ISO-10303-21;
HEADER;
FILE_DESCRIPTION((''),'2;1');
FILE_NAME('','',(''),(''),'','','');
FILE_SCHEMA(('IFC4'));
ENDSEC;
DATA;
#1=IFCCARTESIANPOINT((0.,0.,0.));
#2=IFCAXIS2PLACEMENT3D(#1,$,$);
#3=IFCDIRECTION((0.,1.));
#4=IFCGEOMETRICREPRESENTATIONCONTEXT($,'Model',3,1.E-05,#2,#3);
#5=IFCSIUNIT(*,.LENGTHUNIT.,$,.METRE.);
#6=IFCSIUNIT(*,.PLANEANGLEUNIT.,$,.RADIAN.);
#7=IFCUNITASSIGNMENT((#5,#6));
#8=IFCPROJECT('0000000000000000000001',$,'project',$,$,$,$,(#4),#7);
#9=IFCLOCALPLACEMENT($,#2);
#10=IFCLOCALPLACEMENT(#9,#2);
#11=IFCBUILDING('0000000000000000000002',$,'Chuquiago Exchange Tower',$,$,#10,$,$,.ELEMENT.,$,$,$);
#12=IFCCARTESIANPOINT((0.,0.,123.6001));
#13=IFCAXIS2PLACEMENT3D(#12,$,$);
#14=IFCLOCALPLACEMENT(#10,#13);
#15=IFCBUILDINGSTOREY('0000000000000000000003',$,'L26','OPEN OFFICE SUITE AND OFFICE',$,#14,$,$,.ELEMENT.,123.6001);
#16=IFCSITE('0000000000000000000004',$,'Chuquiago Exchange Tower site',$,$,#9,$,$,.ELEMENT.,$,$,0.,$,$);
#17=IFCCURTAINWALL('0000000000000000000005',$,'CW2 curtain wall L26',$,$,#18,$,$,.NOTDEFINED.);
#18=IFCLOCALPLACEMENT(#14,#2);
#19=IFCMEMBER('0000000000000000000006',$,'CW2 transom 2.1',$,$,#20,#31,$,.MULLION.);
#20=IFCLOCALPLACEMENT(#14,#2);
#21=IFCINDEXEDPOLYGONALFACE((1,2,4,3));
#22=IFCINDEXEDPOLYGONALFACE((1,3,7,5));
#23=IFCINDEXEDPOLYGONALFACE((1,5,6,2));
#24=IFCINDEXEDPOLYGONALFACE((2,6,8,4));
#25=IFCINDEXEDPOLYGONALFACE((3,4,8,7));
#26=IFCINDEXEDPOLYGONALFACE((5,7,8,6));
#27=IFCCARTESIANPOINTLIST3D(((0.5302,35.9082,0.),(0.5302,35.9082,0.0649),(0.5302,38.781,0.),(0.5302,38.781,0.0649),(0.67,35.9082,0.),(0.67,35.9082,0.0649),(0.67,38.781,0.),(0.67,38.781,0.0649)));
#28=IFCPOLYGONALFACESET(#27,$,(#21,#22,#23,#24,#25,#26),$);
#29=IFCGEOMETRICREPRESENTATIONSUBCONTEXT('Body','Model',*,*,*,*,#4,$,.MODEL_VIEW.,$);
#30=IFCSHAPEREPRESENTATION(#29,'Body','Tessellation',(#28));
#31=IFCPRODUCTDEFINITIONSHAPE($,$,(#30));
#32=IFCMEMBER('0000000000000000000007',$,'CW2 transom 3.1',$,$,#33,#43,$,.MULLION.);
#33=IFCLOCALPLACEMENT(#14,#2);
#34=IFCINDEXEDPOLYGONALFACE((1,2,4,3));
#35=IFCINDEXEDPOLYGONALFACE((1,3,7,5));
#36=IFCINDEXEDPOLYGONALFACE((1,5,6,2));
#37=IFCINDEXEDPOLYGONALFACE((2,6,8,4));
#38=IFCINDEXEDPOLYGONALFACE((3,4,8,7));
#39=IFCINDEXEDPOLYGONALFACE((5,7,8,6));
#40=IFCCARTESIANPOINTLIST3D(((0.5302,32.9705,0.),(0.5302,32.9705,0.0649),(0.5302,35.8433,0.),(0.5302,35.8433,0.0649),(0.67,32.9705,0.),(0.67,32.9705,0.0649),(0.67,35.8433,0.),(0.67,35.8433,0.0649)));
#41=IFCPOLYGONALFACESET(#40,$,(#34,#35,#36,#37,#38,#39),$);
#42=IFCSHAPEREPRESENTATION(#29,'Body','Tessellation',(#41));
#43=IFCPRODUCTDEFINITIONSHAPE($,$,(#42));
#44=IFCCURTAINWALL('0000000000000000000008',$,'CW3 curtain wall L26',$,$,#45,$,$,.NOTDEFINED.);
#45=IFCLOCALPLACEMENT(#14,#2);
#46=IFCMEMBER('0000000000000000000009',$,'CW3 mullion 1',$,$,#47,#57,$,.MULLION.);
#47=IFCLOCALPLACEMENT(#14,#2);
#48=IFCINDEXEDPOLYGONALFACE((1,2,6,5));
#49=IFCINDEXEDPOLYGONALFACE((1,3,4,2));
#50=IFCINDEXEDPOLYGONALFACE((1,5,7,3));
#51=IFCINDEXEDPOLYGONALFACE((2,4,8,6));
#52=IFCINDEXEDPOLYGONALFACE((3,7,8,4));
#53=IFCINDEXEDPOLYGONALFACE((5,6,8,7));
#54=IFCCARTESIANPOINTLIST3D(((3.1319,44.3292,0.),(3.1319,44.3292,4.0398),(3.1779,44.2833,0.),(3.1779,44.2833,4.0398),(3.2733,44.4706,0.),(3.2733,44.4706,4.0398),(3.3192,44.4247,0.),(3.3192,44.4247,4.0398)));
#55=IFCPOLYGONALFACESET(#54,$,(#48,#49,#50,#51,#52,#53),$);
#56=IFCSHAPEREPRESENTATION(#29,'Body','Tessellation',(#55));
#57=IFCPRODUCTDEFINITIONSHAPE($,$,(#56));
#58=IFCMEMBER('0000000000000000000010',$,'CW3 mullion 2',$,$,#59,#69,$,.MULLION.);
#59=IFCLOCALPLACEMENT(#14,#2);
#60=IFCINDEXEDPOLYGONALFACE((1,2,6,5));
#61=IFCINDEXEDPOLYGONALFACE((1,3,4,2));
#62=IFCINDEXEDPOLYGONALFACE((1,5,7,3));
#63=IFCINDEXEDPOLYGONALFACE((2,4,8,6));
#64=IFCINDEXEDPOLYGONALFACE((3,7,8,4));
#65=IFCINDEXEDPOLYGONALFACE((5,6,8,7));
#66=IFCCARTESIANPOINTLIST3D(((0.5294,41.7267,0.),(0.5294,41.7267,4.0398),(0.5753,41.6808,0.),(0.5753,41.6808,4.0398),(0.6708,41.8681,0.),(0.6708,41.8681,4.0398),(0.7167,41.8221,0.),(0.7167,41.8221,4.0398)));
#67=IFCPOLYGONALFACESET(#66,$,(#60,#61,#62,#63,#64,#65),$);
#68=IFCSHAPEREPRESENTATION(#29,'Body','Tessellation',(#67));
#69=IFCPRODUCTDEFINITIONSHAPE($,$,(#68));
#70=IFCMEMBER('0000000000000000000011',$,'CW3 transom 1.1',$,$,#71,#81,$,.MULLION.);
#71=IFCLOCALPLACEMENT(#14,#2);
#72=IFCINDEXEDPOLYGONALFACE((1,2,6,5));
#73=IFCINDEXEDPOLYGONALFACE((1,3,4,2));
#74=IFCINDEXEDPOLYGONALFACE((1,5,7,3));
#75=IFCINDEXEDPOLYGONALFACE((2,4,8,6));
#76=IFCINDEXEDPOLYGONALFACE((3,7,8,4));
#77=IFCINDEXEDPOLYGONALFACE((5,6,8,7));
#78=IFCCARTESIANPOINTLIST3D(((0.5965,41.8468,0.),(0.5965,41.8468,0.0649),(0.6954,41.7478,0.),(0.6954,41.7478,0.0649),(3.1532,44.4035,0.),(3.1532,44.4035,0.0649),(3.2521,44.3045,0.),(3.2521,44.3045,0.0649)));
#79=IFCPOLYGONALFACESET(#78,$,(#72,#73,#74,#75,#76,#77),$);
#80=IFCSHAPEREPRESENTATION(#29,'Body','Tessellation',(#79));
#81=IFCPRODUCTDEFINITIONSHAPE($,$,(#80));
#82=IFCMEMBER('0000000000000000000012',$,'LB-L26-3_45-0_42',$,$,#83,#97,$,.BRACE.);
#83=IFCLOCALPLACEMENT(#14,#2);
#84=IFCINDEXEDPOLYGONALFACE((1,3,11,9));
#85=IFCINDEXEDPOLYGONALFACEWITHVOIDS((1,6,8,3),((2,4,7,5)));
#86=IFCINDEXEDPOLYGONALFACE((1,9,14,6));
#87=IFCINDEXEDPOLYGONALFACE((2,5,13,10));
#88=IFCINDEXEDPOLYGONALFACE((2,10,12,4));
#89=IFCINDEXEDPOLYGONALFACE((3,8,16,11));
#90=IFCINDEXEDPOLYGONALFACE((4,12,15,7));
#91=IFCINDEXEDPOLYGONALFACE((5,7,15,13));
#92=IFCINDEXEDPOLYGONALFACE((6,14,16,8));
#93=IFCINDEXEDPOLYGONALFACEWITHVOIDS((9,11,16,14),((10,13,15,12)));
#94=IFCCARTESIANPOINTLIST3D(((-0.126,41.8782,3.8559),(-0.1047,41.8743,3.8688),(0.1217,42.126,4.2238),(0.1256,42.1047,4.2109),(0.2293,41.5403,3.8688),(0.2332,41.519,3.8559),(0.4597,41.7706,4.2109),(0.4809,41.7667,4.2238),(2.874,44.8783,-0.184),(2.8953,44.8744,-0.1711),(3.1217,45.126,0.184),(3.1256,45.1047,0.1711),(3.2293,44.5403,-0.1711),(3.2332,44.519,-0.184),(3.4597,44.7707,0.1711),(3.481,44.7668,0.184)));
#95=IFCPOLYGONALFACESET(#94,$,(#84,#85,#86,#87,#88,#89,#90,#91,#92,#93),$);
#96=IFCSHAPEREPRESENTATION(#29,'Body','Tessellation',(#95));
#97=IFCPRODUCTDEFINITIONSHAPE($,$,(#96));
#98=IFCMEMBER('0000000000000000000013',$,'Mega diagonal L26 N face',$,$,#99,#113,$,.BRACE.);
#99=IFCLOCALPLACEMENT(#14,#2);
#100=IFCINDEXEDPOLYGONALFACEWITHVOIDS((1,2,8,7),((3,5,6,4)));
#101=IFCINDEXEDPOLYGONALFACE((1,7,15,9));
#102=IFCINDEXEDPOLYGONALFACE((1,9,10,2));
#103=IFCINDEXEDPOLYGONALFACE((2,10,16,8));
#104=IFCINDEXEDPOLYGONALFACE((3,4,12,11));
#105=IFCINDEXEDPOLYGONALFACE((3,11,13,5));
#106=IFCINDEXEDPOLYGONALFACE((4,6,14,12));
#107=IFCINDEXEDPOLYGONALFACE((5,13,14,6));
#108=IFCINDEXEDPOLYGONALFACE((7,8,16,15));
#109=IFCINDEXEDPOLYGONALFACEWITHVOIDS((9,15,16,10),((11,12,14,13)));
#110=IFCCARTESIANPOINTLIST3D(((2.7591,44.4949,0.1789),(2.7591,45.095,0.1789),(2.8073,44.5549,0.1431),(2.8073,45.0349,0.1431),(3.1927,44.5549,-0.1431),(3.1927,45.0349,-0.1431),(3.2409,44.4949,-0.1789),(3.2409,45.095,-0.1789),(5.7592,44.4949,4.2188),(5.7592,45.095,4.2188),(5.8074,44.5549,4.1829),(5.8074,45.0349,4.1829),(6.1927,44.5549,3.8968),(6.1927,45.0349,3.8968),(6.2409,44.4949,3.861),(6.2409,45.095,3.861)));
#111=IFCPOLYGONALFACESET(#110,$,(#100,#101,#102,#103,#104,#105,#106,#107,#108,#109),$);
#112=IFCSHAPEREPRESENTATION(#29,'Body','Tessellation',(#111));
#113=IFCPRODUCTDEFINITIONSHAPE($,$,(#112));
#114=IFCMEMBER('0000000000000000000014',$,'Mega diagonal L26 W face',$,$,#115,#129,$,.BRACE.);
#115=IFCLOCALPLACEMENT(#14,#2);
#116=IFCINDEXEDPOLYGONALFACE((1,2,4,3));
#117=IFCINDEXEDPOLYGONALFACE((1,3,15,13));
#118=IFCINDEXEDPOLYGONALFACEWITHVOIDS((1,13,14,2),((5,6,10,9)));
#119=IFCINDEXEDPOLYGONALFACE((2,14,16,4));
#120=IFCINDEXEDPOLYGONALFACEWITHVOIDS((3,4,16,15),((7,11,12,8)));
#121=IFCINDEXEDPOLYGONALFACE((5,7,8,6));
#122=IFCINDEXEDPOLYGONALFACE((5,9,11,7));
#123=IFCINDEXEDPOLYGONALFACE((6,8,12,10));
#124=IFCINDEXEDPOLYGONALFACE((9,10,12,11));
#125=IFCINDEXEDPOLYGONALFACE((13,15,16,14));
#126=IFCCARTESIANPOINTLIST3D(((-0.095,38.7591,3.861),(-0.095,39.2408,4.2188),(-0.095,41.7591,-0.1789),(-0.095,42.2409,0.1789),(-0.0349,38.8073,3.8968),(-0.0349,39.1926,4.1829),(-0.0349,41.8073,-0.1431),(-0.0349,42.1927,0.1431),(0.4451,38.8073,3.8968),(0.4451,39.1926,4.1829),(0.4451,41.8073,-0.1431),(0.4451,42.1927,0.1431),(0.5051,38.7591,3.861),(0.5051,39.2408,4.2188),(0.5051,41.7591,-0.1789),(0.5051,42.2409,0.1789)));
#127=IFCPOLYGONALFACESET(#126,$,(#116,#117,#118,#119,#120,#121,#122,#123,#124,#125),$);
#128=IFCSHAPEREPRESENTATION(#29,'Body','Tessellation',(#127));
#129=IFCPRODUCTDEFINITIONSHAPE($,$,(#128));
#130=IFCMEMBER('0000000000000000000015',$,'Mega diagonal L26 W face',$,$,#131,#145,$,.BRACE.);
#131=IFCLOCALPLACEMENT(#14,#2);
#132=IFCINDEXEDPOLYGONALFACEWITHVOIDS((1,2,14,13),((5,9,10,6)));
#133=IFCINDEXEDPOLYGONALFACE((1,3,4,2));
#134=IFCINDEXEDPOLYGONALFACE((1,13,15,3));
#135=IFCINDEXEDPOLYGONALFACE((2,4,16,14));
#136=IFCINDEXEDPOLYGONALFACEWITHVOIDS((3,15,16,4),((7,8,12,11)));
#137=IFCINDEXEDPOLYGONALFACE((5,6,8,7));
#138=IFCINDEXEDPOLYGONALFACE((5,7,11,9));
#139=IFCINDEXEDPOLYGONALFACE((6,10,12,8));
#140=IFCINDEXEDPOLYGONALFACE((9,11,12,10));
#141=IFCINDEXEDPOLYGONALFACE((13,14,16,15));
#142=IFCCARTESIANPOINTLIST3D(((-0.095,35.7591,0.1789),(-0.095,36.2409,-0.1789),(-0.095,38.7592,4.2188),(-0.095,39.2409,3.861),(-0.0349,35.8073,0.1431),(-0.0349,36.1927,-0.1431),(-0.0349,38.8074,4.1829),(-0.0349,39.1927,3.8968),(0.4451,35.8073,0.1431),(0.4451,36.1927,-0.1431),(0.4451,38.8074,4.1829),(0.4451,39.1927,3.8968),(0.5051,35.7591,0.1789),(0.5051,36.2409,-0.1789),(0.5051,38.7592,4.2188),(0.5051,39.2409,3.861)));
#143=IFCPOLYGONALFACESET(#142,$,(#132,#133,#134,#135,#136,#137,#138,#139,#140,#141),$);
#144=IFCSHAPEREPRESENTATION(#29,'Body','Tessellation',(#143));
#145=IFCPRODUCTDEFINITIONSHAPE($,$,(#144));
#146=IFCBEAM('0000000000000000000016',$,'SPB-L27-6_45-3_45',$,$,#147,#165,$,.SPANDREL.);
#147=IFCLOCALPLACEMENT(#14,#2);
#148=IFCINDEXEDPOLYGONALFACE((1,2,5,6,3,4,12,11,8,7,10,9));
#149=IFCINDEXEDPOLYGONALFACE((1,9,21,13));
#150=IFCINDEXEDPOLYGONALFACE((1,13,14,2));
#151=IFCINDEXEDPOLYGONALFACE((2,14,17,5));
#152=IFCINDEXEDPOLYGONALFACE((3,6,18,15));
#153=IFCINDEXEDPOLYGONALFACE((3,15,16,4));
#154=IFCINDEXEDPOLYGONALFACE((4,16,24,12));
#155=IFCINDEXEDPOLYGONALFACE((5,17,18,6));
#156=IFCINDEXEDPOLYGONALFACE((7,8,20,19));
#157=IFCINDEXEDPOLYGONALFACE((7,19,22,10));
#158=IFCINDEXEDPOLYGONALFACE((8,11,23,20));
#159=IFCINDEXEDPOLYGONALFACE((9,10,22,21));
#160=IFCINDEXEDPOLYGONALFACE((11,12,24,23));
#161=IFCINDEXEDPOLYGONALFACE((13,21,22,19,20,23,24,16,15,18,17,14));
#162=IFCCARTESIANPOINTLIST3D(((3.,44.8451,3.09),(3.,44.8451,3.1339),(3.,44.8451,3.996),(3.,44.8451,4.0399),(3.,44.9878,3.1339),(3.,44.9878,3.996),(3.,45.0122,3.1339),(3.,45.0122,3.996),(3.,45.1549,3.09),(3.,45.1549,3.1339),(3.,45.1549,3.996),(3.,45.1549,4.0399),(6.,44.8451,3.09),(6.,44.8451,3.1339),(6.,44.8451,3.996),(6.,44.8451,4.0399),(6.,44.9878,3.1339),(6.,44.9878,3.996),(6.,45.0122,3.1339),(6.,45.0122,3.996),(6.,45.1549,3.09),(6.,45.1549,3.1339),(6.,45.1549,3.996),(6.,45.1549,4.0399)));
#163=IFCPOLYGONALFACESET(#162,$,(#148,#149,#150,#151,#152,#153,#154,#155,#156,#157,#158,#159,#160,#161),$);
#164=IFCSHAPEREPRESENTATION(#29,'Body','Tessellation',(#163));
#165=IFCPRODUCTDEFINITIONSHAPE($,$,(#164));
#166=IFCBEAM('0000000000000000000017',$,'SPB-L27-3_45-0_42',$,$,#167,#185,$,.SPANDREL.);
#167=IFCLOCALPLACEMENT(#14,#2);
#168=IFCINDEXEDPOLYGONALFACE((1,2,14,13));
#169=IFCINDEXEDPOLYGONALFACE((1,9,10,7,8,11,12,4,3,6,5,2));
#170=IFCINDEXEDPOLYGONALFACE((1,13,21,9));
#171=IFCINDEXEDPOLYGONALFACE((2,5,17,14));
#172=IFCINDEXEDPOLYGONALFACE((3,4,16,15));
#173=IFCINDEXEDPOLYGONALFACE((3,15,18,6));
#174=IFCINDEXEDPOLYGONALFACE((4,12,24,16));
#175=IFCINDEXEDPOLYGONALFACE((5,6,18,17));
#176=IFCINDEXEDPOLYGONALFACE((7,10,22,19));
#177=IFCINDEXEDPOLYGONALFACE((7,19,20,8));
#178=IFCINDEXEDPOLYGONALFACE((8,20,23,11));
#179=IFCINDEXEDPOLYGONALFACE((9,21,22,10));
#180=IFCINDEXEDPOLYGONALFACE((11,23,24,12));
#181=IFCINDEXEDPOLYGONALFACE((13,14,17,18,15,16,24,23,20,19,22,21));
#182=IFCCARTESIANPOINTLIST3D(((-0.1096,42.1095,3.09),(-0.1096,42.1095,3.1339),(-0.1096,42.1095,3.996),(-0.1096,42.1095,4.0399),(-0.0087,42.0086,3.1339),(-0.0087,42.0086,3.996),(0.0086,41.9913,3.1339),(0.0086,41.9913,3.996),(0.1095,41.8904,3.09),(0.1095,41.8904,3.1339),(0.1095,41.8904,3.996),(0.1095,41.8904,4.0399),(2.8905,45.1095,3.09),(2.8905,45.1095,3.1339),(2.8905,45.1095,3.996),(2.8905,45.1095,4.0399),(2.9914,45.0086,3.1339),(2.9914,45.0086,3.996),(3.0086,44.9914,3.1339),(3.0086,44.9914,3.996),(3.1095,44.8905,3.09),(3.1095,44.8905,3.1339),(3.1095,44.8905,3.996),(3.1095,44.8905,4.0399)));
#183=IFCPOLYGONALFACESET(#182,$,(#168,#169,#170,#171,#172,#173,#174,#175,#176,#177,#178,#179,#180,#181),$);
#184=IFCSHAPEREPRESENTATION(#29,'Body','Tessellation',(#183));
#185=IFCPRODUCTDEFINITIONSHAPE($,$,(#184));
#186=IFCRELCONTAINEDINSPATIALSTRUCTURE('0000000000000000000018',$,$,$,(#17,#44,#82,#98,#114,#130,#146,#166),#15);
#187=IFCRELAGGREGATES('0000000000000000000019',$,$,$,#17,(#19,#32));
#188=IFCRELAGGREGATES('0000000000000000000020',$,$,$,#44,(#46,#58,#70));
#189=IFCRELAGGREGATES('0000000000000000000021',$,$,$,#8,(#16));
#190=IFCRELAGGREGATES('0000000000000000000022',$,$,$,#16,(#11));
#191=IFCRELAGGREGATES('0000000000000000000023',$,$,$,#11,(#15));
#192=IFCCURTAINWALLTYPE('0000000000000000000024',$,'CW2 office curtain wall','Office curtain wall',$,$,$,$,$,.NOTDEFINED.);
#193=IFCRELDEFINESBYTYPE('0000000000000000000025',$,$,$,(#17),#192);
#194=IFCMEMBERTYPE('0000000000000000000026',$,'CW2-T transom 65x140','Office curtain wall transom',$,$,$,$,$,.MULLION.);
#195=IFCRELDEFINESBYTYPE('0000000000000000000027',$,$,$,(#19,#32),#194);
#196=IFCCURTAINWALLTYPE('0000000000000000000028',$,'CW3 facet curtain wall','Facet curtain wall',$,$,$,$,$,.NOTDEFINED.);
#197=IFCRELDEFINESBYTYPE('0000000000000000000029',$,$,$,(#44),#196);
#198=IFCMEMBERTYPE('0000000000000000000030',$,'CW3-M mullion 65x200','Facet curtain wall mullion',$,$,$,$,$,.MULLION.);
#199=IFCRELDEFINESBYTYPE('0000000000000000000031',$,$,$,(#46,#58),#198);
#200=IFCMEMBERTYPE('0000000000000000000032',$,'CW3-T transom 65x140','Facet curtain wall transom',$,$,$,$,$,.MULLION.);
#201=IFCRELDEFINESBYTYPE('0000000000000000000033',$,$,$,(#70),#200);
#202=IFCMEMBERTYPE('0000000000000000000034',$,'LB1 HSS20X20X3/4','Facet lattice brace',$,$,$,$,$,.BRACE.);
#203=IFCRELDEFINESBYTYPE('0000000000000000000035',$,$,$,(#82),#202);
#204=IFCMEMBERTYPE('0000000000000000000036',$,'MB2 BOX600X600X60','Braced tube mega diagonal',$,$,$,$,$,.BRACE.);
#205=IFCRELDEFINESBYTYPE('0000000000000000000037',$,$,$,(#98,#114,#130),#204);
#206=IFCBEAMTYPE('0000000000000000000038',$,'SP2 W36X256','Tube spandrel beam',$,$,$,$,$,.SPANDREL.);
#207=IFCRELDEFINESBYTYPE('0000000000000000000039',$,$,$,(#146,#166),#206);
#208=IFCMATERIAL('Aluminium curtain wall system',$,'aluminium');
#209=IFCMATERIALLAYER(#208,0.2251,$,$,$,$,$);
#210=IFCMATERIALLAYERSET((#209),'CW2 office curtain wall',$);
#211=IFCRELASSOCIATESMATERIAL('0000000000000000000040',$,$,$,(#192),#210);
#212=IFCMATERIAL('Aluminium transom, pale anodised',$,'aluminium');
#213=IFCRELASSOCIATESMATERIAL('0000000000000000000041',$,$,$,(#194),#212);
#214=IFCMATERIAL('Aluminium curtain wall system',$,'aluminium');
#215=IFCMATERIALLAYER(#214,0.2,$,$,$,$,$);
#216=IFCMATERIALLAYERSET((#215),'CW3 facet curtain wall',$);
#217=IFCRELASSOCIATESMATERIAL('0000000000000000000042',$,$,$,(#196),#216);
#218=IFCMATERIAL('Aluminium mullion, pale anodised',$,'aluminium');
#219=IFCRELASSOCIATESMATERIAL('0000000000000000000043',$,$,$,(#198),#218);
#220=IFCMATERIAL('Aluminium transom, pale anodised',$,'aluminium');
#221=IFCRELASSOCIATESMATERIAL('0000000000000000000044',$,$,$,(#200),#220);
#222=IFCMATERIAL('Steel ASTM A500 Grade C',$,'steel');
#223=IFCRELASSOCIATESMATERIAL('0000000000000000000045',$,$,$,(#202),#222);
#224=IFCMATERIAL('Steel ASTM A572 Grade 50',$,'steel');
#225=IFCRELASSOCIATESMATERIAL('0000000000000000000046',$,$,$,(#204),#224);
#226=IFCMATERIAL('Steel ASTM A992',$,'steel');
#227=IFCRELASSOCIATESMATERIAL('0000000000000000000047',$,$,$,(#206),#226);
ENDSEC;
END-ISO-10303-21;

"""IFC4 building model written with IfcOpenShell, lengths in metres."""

from ifc_helpers import new_model, si_unit, direction, frame, origin, origin_2d, place, context, subcontext, project, spatial, rectangle, hollow_rectangle, i_section, extrude, material, layer, layer_set, material_profile, profile_set, type_object, element, aggregate, save


model = new_model("IFC4")

# Units and contexts
model_context = context("Model", 3, precision=1e-05, world=origin(), true_north=direction((0.0, 1.0)))
body_context = subcontext(model_context, "Body", "Model", "MODEL_VIEW")
ifc_project = project(units=[si_unit("LENGTHUNIT", "METRE"), si_unit("PLANEANGLEUNIT", "RADIAN")], contexts=[model_context])

# Site, building, storey
site_placement = place(None, origin())
site = spatial("IfcSite", under=ifc_project, at=site_placement, Name="Chuquiago Exchange Tower site", CompositionType="ELEMENT", RefElevation=0.0)
building_placement = place(site_placement, origin())
building = spatial("IfcBuilding", under=site, at=building_placement, Name="Chuquiago Exchange Tower", CompositionType="ELEMENT")
storey_placement = place(building_placement, frame((0.0, 0.0, 123.6001)))
storey = spatial("IfcBuildingStorey", under=building, at=storey_placement, Name="L26", Description="OPEN OFFICE SUITE AND OFFICE", CompositionType="ELEMENT", Elevation=123.6001)

# Curtain wall
ifc_material_1 = material(Name="Aluminium curtain wall system", Category="aluminium")
ifc_layer_1 = layer(ifc_material_1, 0.2251)
ifc_layer_set_1 = layer_set([ifc_layer_1], Name="CW2 office curtain wall")
curtain_wall_type_1 = type_object("IfcCurtainWallType", Name="CW2 office curtain wall", Description="Office curtain wall", PredefinedType="NOTDEFINED", material=ifc_layer_set_1)
curtain_wall_1_placement = place(storey_placement, origin())
curtain_wall_1 = element("IfcCurtainWall", 1, at=curtain_wall_1_placement, inside=storey, type_object=curtain_wall_type_1, Name="CW2 curtain wall L26", PredefinedType="NOTDEFINED")

# Members
ifc_material_2 = material(Name="Aluminium transom, pale anodised", Category="aluminium")
ifc_material_profile_1 = material_profile(ifc_material_2, rectangle(XDim=0.1399, YDim=0.0649, at=origin_2d()), Name="AL 140x65")
ifc_profile_set_1 = profile_set([ifc_material_profile_1], Name="Aluminium transom, pale anodised")
member_type_1 = type_object("IfcMemberType", Name="CW2-T transom 65x140", Description="Office curtain wall transom", PredefinedType="MULLION", material=ifc_profile_set_1)
member_1_placement = place(storey_placement, frame((0.6001, 38.781, 0.0325), z_axis=(0.0, -1.0, 0.0), x_axis=(1.0, 0.0, 0.0)))
member_1 = element("IfcMember", 2, at=member_1_placement, type_object=member_type_1, Name="CW2 transom 2.1", PredefinedType="MULLION", context=body_context, shape_type="SweptSolid", body=[
    extrude(rectangle(XDim=0.1399, YDim=0.0649, at=origin_2d()), origin(), (0.0, 0.0, 1.0), 2.8728),
])
member_2_placement = place(storey_placement, frame((0.6001, 35.8433, 0.0325), z_axis=(0.0, -1.0, 0.0), x_axis=(1.0, 0.0, 0.0)))
member_2 = element("IfcMember", 3, at=member_2_placement, type_object=member_type_1, Name="CW2 transom 3.1", PredefinedType="MULLION", context=body_context, shape_type="SweptSolid", body=[
    extrude(rectangle(XDim=0.1399, YDim=0.0649, at=origin_2d()), origin(), (0.0, 0.0, 1.0), 2.8728),
])

# Curtain wall, members
ifc_material_3 = material(Name="Aluminium curtain wall system", Category="aluminium")
ifc_layer_2 = layer(ifc_material_3, 0.2)
ifc_layer_set_2 = layer_set([ifc_layer_2], Name="CW3 facet curtain wall")
curtain_wall_type_2 = type_object("IfcCurtainWallType", Name="CW3 facet curtain wall", Description="Facet curtain wall", PredefinedType="NOTDEFINED", material=ifc_layer_set_2)
curtain_wall_2_placement = place(storey_placement, origin())
curtain_wall_2 = element("IfcCurtainWall", 4, at=curtain_wall_2_placement, inside=storey, type_object=curtain_wall_type_2, Name="CW3 curtain wall L26", PredefinedType="NOTDEFINED")
ifc_material_4 = material(Name="Aluminium mullion, pale anodised", Category="aluminium")
ifc_material_profile_2 = material_profile(ifc_material_4, rectangle(XDim=0.0649, YDim=0.2, at=origin_2d()), Name="AL 65x200")
ifc_profile_set_2 = profile_set([ifc_material_profile_2], Name="Aluminium mullion, pale anodised")
member_type_2 = type_object("IfcMemberType", Name="CW3-M mullion 65x200", Description="Facet curtain wall mullion", PredefinedType="MULLION", material=ifc_profile_set_2)
member_3_placement = place(storey_placement, frame((3.2256, 44.377, 0.0), z_axis=(0.0, 0.0, 1.0), x_axis=(0.707107, -0.707107, 0.0)))
member_3 = element("IfcMember", 5, at=member_3_placement, type_object=member_type_2, Name="CW3 mullion 1", PredefinedType="MULLION", context=body_context, shape_type="SweptSolid", body=[
    extrude(rectangle(XDim=0.0649, YDim=0.2, at=origin_2d()), origin(), (0.0, 0.0, 1.0), 4.0398),
])
member_4_placement = place(storey_placement, frame((0.623, 41.7744, 0.0), z_axis=(0.0, 0.0, 1.0), x_axis=(0.707107, -0.707107, 0.0)))
member_4 = element("IfcMember", 6, at=member_4_placement, type_object=member_type_2, Name="CW3 mullion 2", PredefinedType="MULLION", context=body_context, shape_type="SweptSolid", body=[
    extrude(rectangle(XDim=0.0649, YDim=0.2, at=origin_2d()), origin(), (0.0, 0.0, 1.0), 4.0398),
])
ifc_material_5 = material(Name="Aluminium transom, pale anodised", Category="aluminium")
ifc_material_profile_3 = material_profile(ifc_material_5, rectangle(XDim=0.1399, YDim=0.0649, at=origin_2d()), Name="AL 140x65")
ifc_profile_set_3 = profile_set([ifc_material_profile_3], Name="Aluminium transom, pale anodised")
member_type_3 = type_object("IfcMemberType", Name="CW3-T transom 65x140", Description="Facet curtain wall transom", PredefinedType="MULLION", material=ifc_profile_set_3)
member_5_placement = place(storey_placement, frame((3.2026, 44.354, 0.0325), z_axis=(-0.707107, -0.707107, 0.0), x_axis=(0.707107, -0.707107, 0.0)))
member_5 = element("IfcMember", 7, at=member_5_placement, type_object=member_type_3, Name="CW3 transom 1.1", PredefinedType="MULLION", context=body_context, shape_type="SweptSolid", body=[
    extrude(rectangle(XDim=0.1399, YDim=0.0649, at=origin_2d()), origin(), (0.0, 0.0, 1.0), 3.6157),
])

# Members
ifc_material_6 = material(Name="Steel ASTM A500 Grade C", Category="steel")
ifc_material_profile_4 = material_profile(ifc_material_6, hollow_rectangle(XDim=0.5081, YDim=0.5081, WallThickness=0.0178, at=origin_2d()), Name="HSS20X20X3/4")
ifc_profile_set_4 = profile_set([ifc_material_profile_4], Name="Steel ASTM A500 Grade C")
member_type_4 = type_object("IfcMemberType", Name="LB1 HSS20X20X3/4", Description="Facet lattice brace", PredefinedType="BRACE", material=ifc_profile_set_4)
member_6_placement = place(storey_placement, frame((3.1775, 44.8225, 0.0), z_axis=(-0.512092, -0.512092, 0.689582), x_axis=(0.707107, -0.707107, 0.0)))
element("IfcMember", 8, at=member_6_placement, inside=storey, type_object=member_type_4, Name="LB-L26-3_45-0_42", PredefinedType="BRACE", context=body_context, shape_type="SweptSolid", body=[
    extrude(hollow_rectangle(XDim=0.5081, YDim=0.5081, WallThickness=0.0178, at=origin_2d()), origin(), (0.0, 0.0, 1.0), 5.8584),
])
ifc_material_7 = material(Name="Steel ASTM A572 Grade 50", Category="steel")
ifc_material_profile_5 = material_profile(ifc_material_7, hollow_rectangle(XDim=0.6001, YDim=0.6001, WallThickness=0.0601, at=origin_2d()), Name="BOX600X600X60")
ifc_profile_set_5 = profile_set([ifc_material_profile_5], Name="Steel ASTM A572 Grade 50")
member_type_5 = type_object("IfcMemberType", Name="MB2 BOX600X600X60", Description="Braced tube mega diagonal", PredefinedType="BRACE", material=ifc_profile_set_5)
for number, where, z_axis, x_axis, name in (
    (9, (3.0, 44.7949, 0.0), (0.596197, 0.0, 0.802838), (0.0, 1.0, 0.0), "Mega diagonal L26 N face"),
    (10, (0.2051, 42.0, 0.0), (0.0, -0.596197, 0.802838), (1.0, 0.0, 0.0), "Mega diagonal L26 W face"),
    (11, (0.2051, 36.0, 0.0), (0.0, 0.596197, 0.802838), (-1.0, 0.0, 0.0), "Mega diagonal L26 W face"),
):
    element("IfcMember", number, at=place(storey_placement, frame(where, z_axis=z_axis, x_axis=x_axis)), inside=storey, type_object=member_type_5, Name=name, PredefinedType="BRACE", context=body_context, shape_type="SweptSolid", body=[
        extrude(hollow_rectangle(XDim=0.6001, YDim=0.6001, WallThickness=0.0601, at=origin_2d()), origin(), (0.0, 0.0, 1.0), 5.032),
    ])

# Beams
ifc_material_8 = material(Name="Steel ASTM A992", Category="steel")
ifc_material_profile_6 = material_profile(ifc_material_8, i_section(OverallWidth=0.3098, OverallDepth=0.95, WebThickness=0.0244, FlangeThickness=0.0439, at=origin_2d()), Name="W36X256")
ifc_profile_set_6 = profile_set([ifc_material_profile_6], Name="Steel ASTM A992")
beam_type = type_object("IfcBeamType", Name="SP2 W36X256", Description="Tube spandrel beam", PredefinedType="SPANDREL", material=ifc_profile_set_6)
beam_1_placement = place(storey_placement, frame((6.0, 45.0, 3.5649), z_axis=(-1.0, 0.0, 0.0), x_axis=(0.0, -1.0, 0.0)))
element("IfcBeam", 12, at=beam_1_placement, inside=storey, type_object=beam_type, Name="SPB-L27-6_45-3_45", PredefinedType="SPANDREL", context=body_context, shape_type="SweptSolid", body=[
    extrude(i_section(OverallWidth=0.3098, OverallDepth=0.95, WebThickness=0.0244, FlangeThickness=0.0439, at=origin_2d()), origin(), (0.0, 0.0, 1.0), 3.0),
])
beam_2_placement = place(storey_placement, frame((3.0, 45.0, 3.5649), z_axis=(-0.707107, -0.707107, 0.0), x_axis=(0.707107, -0.707107, 0.0)))
element("IfcBeam", 13, at=beam_2_placement, inside=storey, type_object=beam_type, Name="SPB-L27-3_45-0_42", PredefinedType="SPANDREL", context=body_context, shape_type="SweptSolid", body=[
    extrude(i_section(OverallWidth=0.3098, OverallDepth=0.95, WebThickness=0.0244, FlangeThickness=0.0439, at=origin_2d()), origin(), (0.0, 0.0, 1.0), 4.2427),
])

aggregate(curtain_wall_1, [member_1, member_2])
aggregate(curtain_wall_2, [member_3, member_4, member_5])

save(model, "model.ifc")
